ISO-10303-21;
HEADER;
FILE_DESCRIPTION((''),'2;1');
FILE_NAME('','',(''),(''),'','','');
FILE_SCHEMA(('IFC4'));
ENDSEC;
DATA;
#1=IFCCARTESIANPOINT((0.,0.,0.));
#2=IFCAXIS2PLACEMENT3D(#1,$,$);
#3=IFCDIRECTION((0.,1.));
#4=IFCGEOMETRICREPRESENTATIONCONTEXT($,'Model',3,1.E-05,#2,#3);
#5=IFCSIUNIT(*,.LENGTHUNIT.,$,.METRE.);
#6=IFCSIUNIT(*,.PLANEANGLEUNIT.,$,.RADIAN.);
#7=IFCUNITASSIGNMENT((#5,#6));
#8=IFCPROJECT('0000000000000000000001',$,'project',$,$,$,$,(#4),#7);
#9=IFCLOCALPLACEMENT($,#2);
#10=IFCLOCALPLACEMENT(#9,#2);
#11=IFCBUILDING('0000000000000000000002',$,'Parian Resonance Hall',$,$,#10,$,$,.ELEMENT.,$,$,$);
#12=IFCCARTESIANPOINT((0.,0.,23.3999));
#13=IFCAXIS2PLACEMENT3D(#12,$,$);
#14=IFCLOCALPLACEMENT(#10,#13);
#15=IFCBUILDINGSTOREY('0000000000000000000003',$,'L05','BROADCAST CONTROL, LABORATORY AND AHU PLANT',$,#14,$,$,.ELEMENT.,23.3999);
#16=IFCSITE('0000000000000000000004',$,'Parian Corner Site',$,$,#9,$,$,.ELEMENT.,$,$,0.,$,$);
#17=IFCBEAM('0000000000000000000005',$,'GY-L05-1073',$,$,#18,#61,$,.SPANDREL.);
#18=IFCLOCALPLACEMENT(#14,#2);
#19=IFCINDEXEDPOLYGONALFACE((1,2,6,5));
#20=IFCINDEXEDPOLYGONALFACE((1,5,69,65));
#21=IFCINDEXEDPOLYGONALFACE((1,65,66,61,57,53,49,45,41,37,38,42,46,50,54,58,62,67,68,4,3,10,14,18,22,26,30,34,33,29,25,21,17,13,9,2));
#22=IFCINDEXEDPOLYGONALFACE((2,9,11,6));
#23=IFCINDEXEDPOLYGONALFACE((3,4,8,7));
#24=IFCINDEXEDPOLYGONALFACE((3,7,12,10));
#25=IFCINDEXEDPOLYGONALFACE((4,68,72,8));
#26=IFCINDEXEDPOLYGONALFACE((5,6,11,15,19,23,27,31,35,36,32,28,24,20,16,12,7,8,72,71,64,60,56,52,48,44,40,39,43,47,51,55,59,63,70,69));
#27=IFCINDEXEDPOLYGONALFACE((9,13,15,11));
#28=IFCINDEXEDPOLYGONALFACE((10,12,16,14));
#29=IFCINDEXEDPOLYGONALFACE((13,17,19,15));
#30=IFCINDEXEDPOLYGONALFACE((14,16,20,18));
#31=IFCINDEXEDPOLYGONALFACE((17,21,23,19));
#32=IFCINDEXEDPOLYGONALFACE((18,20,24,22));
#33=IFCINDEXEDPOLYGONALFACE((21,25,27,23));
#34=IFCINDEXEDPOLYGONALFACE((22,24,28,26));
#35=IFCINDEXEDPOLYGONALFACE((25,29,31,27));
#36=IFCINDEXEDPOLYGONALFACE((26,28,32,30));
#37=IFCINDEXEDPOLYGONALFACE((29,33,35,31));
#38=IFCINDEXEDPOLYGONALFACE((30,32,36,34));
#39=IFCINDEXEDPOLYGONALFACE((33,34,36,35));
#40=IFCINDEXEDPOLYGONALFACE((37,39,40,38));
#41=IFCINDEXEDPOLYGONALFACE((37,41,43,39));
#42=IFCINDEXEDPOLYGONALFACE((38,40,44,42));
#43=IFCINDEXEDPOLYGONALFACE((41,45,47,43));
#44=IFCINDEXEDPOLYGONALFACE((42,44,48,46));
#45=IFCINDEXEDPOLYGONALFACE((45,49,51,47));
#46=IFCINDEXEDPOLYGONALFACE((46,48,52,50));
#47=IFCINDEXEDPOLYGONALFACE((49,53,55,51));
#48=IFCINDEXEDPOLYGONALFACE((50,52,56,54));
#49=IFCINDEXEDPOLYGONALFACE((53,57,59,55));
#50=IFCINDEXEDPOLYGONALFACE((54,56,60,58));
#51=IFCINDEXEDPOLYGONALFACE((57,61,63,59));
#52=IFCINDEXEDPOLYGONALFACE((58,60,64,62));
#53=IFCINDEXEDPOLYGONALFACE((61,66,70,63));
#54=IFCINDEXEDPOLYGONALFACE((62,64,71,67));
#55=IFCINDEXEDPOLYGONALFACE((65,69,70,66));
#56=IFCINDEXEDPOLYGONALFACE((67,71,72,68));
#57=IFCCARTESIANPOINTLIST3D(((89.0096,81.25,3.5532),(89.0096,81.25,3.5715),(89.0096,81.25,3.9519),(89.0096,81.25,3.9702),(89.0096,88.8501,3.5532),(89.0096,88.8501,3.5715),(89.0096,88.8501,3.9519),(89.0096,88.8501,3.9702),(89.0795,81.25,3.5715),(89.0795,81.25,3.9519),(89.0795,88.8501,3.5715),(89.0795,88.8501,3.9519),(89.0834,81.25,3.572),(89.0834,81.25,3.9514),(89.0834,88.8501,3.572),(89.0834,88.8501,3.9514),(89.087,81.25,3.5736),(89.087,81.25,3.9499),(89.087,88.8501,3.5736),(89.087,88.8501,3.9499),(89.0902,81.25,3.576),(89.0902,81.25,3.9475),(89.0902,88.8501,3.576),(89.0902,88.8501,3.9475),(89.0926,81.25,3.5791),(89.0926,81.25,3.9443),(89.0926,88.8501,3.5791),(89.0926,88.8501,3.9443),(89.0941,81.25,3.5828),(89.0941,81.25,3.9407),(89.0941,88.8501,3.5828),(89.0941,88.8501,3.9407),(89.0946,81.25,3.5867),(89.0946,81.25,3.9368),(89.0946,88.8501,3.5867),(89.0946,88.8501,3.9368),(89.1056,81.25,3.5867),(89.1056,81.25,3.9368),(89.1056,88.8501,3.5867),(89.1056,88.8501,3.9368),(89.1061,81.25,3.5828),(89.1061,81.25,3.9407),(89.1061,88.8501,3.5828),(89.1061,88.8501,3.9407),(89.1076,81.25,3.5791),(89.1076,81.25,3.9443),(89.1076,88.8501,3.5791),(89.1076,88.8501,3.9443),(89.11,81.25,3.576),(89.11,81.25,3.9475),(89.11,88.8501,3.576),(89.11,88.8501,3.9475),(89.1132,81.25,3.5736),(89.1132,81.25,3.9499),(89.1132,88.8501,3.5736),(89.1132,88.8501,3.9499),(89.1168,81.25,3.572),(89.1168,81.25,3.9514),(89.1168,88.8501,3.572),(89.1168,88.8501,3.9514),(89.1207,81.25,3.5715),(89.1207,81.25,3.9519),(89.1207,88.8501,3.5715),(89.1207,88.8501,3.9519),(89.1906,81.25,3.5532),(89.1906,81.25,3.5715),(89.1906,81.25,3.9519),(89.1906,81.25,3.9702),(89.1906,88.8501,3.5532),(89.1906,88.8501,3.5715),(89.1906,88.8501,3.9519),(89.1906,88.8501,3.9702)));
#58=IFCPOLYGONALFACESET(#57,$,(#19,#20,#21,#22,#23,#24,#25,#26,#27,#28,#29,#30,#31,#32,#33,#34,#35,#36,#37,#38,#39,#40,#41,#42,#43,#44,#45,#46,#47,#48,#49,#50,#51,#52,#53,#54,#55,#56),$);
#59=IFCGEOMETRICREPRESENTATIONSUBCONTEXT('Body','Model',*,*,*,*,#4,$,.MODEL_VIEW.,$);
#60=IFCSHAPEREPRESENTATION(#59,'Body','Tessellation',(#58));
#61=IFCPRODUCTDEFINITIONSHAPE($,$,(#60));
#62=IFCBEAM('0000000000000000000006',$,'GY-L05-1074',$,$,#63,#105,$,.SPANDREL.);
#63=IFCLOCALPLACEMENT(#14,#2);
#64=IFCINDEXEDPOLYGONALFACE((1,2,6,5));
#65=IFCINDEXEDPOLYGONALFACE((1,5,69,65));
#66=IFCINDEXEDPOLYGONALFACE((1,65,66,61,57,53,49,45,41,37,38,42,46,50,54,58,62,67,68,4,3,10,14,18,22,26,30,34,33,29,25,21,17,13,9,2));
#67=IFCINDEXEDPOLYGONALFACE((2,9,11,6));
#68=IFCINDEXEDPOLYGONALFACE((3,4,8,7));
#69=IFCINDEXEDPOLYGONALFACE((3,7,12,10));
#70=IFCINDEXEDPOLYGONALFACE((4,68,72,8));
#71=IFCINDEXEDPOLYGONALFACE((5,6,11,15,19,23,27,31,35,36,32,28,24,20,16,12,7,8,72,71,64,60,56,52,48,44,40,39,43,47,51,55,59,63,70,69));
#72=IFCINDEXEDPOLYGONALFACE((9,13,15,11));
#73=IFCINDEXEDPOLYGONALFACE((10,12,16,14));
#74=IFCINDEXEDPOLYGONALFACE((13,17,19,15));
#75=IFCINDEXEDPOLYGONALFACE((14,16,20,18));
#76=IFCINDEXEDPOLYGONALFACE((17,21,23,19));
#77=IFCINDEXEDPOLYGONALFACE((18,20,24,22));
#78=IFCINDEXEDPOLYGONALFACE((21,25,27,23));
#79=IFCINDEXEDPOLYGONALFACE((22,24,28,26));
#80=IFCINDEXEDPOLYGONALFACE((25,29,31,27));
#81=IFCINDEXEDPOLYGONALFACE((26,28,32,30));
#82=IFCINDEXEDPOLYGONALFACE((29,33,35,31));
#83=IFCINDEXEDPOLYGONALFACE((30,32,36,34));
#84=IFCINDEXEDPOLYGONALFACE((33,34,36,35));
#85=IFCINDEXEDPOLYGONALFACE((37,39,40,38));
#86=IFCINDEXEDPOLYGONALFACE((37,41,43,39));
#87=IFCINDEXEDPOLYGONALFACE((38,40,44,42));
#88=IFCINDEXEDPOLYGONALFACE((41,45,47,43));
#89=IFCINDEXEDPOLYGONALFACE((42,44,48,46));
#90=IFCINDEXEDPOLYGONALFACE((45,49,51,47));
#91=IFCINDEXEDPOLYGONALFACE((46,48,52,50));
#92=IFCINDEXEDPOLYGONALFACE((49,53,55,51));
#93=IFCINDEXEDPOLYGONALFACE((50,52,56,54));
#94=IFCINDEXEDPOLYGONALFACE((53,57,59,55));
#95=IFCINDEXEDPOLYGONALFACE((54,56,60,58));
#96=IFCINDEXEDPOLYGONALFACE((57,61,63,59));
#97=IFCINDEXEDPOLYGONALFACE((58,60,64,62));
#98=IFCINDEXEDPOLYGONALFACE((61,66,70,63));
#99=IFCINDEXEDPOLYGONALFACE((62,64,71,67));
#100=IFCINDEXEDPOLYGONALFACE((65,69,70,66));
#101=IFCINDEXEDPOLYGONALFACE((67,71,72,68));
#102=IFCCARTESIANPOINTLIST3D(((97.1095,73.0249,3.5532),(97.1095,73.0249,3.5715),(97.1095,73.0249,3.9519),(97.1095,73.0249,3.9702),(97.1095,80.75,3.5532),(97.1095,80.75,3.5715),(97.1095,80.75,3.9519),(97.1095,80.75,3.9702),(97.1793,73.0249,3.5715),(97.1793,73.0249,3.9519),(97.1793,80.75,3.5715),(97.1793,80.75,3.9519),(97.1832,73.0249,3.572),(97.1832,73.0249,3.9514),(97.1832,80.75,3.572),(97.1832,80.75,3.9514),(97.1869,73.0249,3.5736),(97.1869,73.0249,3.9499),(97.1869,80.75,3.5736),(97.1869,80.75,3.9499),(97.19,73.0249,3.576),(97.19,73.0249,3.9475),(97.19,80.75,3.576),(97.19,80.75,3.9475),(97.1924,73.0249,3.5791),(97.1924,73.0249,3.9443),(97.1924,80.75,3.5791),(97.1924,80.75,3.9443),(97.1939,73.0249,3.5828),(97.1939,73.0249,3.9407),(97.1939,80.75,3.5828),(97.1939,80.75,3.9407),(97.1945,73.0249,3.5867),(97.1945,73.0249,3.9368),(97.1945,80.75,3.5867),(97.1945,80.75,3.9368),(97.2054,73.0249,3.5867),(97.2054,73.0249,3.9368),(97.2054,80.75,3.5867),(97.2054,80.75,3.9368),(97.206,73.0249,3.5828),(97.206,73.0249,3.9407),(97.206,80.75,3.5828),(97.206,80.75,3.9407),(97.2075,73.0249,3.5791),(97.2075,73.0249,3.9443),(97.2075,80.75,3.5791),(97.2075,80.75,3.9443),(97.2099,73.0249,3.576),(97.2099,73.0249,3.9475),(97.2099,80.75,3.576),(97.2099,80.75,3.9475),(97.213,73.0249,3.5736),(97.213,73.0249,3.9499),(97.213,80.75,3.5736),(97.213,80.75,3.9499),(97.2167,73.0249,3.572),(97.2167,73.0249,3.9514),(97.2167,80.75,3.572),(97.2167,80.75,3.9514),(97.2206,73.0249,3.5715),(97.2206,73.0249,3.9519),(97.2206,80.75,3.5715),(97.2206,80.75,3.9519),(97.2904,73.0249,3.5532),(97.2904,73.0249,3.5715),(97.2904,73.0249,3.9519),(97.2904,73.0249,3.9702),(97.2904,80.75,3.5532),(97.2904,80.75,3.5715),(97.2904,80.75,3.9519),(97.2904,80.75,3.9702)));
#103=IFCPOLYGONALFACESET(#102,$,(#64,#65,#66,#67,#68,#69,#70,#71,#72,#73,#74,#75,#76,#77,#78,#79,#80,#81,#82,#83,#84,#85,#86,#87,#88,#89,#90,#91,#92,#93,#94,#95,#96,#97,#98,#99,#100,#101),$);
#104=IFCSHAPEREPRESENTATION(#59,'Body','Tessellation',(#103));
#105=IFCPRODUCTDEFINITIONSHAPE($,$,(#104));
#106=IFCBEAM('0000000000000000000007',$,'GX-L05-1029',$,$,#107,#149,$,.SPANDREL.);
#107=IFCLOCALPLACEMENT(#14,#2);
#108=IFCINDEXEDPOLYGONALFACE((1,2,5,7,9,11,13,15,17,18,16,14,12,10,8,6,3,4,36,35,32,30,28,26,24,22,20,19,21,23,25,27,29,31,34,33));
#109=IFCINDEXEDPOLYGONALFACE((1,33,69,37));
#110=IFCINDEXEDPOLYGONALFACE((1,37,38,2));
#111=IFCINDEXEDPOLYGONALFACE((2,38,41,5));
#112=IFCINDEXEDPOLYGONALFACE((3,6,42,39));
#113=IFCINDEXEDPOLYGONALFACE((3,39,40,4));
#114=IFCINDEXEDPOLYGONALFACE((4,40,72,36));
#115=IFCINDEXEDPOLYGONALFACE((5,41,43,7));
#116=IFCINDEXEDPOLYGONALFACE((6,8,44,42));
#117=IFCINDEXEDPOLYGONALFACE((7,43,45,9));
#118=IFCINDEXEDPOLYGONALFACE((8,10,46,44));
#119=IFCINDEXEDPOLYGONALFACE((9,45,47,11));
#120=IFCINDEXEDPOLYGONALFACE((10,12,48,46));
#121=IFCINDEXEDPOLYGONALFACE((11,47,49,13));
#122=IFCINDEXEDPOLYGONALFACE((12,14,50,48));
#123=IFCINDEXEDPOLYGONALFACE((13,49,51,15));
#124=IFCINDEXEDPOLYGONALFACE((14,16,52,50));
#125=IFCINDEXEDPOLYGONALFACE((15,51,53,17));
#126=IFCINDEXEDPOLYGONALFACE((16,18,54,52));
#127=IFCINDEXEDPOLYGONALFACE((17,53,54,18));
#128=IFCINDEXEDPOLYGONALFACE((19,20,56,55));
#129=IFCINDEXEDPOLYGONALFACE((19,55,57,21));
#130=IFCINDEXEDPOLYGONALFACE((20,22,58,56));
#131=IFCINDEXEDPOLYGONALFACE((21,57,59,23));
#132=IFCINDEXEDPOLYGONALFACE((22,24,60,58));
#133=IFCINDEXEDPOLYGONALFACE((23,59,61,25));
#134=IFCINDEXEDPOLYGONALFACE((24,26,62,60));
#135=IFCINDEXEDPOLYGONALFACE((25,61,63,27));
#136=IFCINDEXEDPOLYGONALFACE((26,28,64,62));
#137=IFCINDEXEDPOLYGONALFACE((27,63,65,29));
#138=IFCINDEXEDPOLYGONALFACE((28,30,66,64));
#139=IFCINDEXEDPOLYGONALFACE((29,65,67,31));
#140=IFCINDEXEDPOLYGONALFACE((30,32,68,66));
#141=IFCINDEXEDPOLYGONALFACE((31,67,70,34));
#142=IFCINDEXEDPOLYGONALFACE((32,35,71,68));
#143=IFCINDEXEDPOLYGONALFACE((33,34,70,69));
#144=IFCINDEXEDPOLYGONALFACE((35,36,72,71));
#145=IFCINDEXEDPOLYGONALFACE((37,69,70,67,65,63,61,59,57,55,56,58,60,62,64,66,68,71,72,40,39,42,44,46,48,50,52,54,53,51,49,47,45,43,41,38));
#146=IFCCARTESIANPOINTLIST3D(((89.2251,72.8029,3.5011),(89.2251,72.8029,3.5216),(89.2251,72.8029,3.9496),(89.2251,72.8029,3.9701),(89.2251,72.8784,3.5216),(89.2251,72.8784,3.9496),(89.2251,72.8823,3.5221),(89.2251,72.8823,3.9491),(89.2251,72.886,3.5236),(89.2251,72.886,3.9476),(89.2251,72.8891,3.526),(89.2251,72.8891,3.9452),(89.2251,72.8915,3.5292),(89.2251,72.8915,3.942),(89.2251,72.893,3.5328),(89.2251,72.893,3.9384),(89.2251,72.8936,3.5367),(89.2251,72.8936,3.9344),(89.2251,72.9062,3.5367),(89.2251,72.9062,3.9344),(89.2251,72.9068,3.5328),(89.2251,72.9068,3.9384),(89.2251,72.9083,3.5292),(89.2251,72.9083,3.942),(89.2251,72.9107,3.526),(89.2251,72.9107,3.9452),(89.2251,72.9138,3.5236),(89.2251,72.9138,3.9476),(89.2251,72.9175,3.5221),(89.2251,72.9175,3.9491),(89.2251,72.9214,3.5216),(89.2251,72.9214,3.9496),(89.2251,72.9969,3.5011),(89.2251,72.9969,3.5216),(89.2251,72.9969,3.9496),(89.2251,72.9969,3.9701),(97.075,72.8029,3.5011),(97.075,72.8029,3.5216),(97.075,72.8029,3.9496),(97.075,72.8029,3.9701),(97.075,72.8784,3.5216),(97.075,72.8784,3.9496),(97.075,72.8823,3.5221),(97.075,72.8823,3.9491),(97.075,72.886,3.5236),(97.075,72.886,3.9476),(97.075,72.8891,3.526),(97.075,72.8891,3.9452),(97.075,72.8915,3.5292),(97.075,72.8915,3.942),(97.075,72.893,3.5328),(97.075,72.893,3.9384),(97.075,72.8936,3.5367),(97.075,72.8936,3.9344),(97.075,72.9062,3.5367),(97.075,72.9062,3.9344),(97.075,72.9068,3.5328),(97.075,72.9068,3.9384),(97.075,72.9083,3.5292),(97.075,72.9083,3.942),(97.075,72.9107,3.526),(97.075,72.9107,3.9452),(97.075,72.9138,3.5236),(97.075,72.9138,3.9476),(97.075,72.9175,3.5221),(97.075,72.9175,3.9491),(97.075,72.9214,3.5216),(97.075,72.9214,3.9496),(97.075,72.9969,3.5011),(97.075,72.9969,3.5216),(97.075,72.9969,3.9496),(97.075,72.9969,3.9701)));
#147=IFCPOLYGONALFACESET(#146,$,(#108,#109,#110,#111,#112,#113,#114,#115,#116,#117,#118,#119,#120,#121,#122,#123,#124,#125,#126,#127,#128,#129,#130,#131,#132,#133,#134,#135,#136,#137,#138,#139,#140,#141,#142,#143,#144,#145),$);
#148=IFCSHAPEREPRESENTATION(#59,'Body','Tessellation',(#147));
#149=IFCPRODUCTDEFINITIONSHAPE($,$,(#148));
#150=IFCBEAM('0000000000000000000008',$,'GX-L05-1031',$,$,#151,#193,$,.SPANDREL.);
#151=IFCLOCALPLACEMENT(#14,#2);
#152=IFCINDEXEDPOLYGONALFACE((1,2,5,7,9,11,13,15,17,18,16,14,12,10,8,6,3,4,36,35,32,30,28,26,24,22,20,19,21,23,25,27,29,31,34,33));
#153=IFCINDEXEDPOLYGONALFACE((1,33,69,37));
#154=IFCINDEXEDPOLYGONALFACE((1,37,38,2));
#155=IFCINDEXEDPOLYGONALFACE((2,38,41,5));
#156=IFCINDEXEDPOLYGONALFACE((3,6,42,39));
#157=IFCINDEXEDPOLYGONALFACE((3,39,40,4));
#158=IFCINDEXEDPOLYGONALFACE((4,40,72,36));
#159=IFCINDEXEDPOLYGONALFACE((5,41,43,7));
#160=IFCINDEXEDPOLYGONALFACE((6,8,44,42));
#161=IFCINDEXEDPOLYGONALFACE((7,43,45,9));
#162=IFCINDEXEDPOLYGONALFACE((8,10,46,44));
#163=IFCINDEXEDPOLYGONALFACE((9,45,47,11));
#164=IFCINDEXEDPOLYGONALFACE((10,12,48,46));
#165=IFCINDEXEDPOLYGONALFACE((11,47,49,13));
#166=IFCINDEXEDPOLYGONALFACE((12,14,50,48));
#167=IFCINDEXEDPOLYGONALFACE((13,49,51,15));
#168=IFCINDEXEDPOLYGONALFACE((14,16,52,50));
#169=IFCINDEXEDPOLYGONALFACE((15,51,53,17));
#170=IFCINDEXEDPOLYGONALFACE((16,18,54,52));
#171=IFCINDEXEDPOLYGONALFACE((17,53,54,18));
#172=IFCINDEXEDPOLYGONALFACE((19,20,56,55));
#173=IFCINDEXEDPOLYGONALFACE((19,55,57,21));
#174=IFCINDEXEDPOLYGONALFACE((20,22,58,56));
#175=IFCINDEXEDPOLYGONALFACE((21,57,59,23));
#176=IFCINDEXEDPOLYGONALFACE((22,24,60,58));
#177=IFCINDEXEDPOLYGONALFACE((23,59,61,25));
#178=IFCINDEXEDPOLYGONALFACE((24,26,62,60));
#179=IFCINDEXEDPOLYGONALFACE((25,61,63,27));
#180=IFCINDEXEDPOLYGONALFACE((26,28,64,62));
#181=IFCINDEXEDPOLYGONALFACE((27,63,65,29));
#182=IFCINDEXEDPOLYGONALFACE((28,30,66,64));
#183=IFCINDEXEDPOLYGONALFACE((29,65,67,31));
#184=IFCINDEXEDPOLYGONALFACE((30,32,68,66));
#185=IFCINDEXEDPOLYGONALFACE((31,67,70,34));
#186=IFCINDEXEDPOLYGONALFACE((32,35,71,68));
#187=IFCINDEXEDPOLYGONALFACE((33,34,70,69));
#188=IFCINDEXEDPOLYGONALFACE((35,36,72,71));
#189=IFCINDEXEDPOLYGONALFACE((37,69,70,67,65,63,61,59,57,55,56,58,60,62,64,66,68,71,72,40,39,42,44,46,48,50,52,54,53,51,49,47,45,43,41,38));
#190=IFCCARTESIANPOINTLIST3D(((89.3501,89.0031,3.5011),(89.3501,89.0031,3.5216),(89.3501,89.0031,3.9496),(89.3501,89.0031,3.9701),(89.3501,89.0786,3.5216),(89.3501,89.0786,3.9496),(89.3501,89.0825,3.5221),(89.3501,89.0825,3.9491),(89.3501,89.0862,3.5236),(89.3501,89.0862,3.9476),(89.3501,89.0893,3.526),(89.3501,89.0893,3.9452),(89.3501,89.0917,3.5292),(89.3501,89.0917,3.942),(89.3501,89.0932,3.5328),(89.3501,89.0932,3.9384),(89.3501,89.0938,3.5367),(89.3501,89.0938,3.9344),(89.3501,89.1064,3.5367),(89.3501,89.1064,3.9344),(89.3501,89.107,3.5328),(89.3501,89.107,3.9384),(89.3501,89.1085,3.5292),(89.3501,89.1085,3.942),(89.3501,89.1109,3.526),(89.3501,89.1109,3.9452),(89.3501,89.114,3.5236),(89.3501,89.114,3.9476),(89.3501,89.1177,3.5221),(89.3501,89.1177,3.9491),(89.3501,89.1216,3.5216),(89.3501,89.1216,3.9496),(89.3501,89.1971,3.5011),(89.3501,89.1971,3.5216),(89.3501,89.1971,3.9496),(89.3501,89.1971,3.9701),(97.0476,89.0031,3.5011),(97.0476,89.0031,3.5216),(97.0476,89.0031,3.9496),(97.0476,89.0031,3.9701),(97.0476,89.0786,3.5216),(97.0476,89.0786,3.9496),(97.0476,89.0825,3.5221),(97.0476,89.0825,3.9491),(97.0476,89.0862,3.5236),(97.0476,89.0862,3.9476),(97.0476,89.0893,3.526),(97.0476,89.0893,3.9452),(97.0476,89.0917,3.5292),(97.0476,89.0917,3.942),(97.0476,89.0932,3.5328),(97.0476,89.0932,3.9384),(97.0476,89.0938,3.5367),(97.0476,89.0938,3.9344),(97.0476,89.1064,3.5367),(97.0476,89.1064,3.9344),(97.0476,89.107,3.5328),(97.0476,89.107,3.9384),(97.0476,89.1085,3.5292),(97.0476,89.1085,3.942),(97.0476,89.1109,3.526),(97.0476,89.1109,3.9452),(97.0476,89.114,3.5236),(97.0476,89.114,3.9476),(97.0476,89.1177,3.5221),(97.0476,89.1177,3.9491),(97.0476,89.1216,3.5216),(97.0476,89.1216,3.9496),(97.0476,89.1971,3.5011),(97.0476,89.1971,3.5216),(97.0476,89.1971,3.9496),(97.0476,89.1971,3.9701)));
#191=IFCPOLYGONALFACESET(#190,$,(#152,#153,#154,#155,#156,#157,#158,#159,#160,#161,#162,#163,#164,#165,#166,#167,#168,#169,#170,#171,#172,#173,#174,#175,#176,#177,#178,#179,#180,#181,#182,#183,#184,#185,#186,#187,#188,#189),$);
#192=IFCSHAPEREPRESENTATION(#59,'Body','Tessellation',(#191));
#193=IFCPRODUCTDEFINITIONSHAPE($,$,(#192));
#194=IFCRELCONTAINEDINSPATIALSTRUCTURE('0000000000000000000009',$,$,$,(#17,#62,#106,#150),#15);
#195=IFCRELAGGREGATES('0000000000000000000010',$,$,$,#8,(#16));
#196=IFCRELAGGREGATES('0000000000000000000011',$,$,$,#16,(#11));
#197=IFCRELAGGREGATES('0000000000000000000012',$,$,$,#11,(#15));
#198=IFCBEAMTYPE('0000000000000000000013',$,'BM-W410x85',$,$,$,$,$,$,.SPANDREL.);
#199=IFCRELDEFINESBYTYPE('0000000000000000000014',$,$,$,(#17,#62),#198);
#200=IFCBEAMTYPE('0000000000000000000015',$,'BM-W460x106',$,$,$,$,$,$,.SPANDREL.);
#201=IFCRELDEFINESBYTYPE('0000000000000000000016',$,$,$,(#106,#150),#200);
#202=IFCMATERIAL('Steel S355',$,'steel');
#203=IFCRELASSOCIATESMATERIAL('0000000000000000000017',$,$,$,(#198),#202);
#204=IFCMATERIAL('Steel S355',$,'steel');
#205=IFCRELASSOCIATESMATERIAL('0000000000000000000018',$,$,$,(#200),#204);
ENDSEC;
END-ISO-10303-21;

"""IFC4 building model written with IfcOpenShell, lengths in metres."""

from ifc_helpers import new_model, si_unit, direction, frame, origin, origin_2d, place, context, subcontext, project, spatial, i_section, extrude, material, material_profile, profile_set, type_object, element, save


model = new_model("IFC4")

# Units and contexts
model_context = context("Model", 3, precision=1e-05, world=origin(), true_north=direction((0.0, 1.0)))
body_context = subcontext(model_context, "Body", "Model", "MODEL_VIEW")
ifc_project = project(units=[si_unit("LENGTHUNIT", "METRE"), si_unit("PLANEANGLEUNIT", "RADIAN")], contexts=[model_context])

# Site, building, storey
site_placement = place(None, origin())
site = spatial("IfcSite", under=ifc_project, at=site_placement, Name="Parian Corner Site", CompositionType="ELEMENT", RefElevation=0.0)
building_placement = place(site_placement, origin())
building = spatial("IfcBuilding", under=site, at=building_placement, Name="Parian Resonance Hall", CompositionType="ELEMENT")
storey_placement = place(building_placement, frame((0.0, 0.0, 23.3999)))
storey = spatial("IfcBuildingStorey", under=building, at=storey_placement, Name="L05", Description="BROADCAST CONTROL, LABORATORY AND AHU PLANT", CompositionType="ELEMENT", Elevation=23.3999)

# Beams
ifc_material_1 = material(Name="Steel S355", Category="steel")
ifc_material_profile_1 = material_profile(ifc_material_1, i_section(OverallWidth=0.1809, OverallDepth=0.417, WebThickness=0.011, FlangeThickness=0.0183, FilletRadius=0.0151, at=origin_2d()), Name="W410x85")
ifc_profile_set_1 = profile_set([ifc_material_profile_1], Name="Steel S355")
beam_type_1 = type_object("IfcBeamType", Name="BM-W410x85", PredefinedType="SPANDREL", material=ifc_profile_set_1)
beam_1_placement = place(storey_placement, frame((89.1001, 81.25, 3.7617), z_axis=(0.0, 1.0, 0.0), x_axis=(-1.0, 0.0, 0.0)))
element("IfcBeam", 1, at=beam_1_placement, inside=storey, type_object=beam_type_1, Name="GY-L05-1073", PredefinedType="SPANDREL", context=body_context, shape_type="SweptSolid", body=[
    extrude(i_section(OverallWidth=0.1809, OverallDepth=0.417, WebThickness=0.011, FlangeThickness=0.0183, FilletRadius=0.0151, at=origin_2d()), origin(), (0.0, 0.0, 1.0), 7.6001),
])
beam_2_placement = place(storey_placement, frame((97.2, 73.0249, 3.7617), z_axis=(0.0, 1.0, 0.0), x_axis=(-1.0, 0.0, 0.0)))
element("IfcBeam", 2, at=beam_2_placement, inside=storey, type_object=beam_type_1, Name="GY-L05-1074", PredefinedType="SPANDREL", context=body_context, shape_type="SweptSolid", body=[
    extrude(i_section(OverallWidth=0.1809, OverallDepth=0.417, WebThickness=0.011, FlangeThickness=0.0183, FilletRadius=0.0151, at=origin_2d()), origin(), (0.0, 0.0, 1.0), 7.7251),
])
ifc_material_2 = material(Name="Steel S355", Category="steel")
ifc_material_profile_2 = material_profile(ifc_material_2, i_section(OverallWidth=0.1941, OverallDepth=0.469, WebThickness=0.0127, FlangeThickness=0.0205, FilletRadius=0.0151, at=origin_2d()), Name="W460x106")
ifc_profile_set_2 = profile_set([ifc_material_profile_2], Name="Steel S355")
beam_type_2 = type_object("IfcBeamType", Name="BM-W460x106", PredefinedType="SPANDREL", material=ifc_profile_set_2)
beam_3_placement = place(storey_placement, frame((89.2251, 72.8999, 3.7356), z_axis=(1.0, 0.0, 0.0), x_axis=(0.0, 1.0, 0.0)))
element("IfcBeam", 3, at=beam_3_placement, inside=storey, type_object=beam_type_2, Name="GX-L05-1029", PredefinedType="SPANDREL", context=body_context, shape_type="SweptSolid", body=[
    extrude(i_section(OverallWidth=0.1941, OverallDepth=0.469, WebThickness=0.0127, FlangeThickness=0.0205, FilletRadius=0.0151, at=origin_2d()), origin(), (0.0, 0.0, 1.0), 7.8499),
])
beam_4_placement = place(storey_placement, frame((89.3501, 89.1001, 3.7356), z_axis=(1.0, 0.0, 0.0), x_axis=(0.0, 1.0, 0.0)))
element("IfcBeam", 4, at=beam_4_placement, inside=storey, type_object=beam_type_2, Name="GX-L05-1031", PredefinedType="SPANDREL", context=body_context, shape_type="SweptSolid", body=[
    extrude(i_section(OverallWidth=0.1941, OverallDepth=0.469, WebThickness=0.0127, FlangeThickness=0.0205, FilletRadius=0.0151, at=origin_2d()), origin(), (0.0, 0.0, 1.0), 7.6975),
])

save(model, "model.ifc")
